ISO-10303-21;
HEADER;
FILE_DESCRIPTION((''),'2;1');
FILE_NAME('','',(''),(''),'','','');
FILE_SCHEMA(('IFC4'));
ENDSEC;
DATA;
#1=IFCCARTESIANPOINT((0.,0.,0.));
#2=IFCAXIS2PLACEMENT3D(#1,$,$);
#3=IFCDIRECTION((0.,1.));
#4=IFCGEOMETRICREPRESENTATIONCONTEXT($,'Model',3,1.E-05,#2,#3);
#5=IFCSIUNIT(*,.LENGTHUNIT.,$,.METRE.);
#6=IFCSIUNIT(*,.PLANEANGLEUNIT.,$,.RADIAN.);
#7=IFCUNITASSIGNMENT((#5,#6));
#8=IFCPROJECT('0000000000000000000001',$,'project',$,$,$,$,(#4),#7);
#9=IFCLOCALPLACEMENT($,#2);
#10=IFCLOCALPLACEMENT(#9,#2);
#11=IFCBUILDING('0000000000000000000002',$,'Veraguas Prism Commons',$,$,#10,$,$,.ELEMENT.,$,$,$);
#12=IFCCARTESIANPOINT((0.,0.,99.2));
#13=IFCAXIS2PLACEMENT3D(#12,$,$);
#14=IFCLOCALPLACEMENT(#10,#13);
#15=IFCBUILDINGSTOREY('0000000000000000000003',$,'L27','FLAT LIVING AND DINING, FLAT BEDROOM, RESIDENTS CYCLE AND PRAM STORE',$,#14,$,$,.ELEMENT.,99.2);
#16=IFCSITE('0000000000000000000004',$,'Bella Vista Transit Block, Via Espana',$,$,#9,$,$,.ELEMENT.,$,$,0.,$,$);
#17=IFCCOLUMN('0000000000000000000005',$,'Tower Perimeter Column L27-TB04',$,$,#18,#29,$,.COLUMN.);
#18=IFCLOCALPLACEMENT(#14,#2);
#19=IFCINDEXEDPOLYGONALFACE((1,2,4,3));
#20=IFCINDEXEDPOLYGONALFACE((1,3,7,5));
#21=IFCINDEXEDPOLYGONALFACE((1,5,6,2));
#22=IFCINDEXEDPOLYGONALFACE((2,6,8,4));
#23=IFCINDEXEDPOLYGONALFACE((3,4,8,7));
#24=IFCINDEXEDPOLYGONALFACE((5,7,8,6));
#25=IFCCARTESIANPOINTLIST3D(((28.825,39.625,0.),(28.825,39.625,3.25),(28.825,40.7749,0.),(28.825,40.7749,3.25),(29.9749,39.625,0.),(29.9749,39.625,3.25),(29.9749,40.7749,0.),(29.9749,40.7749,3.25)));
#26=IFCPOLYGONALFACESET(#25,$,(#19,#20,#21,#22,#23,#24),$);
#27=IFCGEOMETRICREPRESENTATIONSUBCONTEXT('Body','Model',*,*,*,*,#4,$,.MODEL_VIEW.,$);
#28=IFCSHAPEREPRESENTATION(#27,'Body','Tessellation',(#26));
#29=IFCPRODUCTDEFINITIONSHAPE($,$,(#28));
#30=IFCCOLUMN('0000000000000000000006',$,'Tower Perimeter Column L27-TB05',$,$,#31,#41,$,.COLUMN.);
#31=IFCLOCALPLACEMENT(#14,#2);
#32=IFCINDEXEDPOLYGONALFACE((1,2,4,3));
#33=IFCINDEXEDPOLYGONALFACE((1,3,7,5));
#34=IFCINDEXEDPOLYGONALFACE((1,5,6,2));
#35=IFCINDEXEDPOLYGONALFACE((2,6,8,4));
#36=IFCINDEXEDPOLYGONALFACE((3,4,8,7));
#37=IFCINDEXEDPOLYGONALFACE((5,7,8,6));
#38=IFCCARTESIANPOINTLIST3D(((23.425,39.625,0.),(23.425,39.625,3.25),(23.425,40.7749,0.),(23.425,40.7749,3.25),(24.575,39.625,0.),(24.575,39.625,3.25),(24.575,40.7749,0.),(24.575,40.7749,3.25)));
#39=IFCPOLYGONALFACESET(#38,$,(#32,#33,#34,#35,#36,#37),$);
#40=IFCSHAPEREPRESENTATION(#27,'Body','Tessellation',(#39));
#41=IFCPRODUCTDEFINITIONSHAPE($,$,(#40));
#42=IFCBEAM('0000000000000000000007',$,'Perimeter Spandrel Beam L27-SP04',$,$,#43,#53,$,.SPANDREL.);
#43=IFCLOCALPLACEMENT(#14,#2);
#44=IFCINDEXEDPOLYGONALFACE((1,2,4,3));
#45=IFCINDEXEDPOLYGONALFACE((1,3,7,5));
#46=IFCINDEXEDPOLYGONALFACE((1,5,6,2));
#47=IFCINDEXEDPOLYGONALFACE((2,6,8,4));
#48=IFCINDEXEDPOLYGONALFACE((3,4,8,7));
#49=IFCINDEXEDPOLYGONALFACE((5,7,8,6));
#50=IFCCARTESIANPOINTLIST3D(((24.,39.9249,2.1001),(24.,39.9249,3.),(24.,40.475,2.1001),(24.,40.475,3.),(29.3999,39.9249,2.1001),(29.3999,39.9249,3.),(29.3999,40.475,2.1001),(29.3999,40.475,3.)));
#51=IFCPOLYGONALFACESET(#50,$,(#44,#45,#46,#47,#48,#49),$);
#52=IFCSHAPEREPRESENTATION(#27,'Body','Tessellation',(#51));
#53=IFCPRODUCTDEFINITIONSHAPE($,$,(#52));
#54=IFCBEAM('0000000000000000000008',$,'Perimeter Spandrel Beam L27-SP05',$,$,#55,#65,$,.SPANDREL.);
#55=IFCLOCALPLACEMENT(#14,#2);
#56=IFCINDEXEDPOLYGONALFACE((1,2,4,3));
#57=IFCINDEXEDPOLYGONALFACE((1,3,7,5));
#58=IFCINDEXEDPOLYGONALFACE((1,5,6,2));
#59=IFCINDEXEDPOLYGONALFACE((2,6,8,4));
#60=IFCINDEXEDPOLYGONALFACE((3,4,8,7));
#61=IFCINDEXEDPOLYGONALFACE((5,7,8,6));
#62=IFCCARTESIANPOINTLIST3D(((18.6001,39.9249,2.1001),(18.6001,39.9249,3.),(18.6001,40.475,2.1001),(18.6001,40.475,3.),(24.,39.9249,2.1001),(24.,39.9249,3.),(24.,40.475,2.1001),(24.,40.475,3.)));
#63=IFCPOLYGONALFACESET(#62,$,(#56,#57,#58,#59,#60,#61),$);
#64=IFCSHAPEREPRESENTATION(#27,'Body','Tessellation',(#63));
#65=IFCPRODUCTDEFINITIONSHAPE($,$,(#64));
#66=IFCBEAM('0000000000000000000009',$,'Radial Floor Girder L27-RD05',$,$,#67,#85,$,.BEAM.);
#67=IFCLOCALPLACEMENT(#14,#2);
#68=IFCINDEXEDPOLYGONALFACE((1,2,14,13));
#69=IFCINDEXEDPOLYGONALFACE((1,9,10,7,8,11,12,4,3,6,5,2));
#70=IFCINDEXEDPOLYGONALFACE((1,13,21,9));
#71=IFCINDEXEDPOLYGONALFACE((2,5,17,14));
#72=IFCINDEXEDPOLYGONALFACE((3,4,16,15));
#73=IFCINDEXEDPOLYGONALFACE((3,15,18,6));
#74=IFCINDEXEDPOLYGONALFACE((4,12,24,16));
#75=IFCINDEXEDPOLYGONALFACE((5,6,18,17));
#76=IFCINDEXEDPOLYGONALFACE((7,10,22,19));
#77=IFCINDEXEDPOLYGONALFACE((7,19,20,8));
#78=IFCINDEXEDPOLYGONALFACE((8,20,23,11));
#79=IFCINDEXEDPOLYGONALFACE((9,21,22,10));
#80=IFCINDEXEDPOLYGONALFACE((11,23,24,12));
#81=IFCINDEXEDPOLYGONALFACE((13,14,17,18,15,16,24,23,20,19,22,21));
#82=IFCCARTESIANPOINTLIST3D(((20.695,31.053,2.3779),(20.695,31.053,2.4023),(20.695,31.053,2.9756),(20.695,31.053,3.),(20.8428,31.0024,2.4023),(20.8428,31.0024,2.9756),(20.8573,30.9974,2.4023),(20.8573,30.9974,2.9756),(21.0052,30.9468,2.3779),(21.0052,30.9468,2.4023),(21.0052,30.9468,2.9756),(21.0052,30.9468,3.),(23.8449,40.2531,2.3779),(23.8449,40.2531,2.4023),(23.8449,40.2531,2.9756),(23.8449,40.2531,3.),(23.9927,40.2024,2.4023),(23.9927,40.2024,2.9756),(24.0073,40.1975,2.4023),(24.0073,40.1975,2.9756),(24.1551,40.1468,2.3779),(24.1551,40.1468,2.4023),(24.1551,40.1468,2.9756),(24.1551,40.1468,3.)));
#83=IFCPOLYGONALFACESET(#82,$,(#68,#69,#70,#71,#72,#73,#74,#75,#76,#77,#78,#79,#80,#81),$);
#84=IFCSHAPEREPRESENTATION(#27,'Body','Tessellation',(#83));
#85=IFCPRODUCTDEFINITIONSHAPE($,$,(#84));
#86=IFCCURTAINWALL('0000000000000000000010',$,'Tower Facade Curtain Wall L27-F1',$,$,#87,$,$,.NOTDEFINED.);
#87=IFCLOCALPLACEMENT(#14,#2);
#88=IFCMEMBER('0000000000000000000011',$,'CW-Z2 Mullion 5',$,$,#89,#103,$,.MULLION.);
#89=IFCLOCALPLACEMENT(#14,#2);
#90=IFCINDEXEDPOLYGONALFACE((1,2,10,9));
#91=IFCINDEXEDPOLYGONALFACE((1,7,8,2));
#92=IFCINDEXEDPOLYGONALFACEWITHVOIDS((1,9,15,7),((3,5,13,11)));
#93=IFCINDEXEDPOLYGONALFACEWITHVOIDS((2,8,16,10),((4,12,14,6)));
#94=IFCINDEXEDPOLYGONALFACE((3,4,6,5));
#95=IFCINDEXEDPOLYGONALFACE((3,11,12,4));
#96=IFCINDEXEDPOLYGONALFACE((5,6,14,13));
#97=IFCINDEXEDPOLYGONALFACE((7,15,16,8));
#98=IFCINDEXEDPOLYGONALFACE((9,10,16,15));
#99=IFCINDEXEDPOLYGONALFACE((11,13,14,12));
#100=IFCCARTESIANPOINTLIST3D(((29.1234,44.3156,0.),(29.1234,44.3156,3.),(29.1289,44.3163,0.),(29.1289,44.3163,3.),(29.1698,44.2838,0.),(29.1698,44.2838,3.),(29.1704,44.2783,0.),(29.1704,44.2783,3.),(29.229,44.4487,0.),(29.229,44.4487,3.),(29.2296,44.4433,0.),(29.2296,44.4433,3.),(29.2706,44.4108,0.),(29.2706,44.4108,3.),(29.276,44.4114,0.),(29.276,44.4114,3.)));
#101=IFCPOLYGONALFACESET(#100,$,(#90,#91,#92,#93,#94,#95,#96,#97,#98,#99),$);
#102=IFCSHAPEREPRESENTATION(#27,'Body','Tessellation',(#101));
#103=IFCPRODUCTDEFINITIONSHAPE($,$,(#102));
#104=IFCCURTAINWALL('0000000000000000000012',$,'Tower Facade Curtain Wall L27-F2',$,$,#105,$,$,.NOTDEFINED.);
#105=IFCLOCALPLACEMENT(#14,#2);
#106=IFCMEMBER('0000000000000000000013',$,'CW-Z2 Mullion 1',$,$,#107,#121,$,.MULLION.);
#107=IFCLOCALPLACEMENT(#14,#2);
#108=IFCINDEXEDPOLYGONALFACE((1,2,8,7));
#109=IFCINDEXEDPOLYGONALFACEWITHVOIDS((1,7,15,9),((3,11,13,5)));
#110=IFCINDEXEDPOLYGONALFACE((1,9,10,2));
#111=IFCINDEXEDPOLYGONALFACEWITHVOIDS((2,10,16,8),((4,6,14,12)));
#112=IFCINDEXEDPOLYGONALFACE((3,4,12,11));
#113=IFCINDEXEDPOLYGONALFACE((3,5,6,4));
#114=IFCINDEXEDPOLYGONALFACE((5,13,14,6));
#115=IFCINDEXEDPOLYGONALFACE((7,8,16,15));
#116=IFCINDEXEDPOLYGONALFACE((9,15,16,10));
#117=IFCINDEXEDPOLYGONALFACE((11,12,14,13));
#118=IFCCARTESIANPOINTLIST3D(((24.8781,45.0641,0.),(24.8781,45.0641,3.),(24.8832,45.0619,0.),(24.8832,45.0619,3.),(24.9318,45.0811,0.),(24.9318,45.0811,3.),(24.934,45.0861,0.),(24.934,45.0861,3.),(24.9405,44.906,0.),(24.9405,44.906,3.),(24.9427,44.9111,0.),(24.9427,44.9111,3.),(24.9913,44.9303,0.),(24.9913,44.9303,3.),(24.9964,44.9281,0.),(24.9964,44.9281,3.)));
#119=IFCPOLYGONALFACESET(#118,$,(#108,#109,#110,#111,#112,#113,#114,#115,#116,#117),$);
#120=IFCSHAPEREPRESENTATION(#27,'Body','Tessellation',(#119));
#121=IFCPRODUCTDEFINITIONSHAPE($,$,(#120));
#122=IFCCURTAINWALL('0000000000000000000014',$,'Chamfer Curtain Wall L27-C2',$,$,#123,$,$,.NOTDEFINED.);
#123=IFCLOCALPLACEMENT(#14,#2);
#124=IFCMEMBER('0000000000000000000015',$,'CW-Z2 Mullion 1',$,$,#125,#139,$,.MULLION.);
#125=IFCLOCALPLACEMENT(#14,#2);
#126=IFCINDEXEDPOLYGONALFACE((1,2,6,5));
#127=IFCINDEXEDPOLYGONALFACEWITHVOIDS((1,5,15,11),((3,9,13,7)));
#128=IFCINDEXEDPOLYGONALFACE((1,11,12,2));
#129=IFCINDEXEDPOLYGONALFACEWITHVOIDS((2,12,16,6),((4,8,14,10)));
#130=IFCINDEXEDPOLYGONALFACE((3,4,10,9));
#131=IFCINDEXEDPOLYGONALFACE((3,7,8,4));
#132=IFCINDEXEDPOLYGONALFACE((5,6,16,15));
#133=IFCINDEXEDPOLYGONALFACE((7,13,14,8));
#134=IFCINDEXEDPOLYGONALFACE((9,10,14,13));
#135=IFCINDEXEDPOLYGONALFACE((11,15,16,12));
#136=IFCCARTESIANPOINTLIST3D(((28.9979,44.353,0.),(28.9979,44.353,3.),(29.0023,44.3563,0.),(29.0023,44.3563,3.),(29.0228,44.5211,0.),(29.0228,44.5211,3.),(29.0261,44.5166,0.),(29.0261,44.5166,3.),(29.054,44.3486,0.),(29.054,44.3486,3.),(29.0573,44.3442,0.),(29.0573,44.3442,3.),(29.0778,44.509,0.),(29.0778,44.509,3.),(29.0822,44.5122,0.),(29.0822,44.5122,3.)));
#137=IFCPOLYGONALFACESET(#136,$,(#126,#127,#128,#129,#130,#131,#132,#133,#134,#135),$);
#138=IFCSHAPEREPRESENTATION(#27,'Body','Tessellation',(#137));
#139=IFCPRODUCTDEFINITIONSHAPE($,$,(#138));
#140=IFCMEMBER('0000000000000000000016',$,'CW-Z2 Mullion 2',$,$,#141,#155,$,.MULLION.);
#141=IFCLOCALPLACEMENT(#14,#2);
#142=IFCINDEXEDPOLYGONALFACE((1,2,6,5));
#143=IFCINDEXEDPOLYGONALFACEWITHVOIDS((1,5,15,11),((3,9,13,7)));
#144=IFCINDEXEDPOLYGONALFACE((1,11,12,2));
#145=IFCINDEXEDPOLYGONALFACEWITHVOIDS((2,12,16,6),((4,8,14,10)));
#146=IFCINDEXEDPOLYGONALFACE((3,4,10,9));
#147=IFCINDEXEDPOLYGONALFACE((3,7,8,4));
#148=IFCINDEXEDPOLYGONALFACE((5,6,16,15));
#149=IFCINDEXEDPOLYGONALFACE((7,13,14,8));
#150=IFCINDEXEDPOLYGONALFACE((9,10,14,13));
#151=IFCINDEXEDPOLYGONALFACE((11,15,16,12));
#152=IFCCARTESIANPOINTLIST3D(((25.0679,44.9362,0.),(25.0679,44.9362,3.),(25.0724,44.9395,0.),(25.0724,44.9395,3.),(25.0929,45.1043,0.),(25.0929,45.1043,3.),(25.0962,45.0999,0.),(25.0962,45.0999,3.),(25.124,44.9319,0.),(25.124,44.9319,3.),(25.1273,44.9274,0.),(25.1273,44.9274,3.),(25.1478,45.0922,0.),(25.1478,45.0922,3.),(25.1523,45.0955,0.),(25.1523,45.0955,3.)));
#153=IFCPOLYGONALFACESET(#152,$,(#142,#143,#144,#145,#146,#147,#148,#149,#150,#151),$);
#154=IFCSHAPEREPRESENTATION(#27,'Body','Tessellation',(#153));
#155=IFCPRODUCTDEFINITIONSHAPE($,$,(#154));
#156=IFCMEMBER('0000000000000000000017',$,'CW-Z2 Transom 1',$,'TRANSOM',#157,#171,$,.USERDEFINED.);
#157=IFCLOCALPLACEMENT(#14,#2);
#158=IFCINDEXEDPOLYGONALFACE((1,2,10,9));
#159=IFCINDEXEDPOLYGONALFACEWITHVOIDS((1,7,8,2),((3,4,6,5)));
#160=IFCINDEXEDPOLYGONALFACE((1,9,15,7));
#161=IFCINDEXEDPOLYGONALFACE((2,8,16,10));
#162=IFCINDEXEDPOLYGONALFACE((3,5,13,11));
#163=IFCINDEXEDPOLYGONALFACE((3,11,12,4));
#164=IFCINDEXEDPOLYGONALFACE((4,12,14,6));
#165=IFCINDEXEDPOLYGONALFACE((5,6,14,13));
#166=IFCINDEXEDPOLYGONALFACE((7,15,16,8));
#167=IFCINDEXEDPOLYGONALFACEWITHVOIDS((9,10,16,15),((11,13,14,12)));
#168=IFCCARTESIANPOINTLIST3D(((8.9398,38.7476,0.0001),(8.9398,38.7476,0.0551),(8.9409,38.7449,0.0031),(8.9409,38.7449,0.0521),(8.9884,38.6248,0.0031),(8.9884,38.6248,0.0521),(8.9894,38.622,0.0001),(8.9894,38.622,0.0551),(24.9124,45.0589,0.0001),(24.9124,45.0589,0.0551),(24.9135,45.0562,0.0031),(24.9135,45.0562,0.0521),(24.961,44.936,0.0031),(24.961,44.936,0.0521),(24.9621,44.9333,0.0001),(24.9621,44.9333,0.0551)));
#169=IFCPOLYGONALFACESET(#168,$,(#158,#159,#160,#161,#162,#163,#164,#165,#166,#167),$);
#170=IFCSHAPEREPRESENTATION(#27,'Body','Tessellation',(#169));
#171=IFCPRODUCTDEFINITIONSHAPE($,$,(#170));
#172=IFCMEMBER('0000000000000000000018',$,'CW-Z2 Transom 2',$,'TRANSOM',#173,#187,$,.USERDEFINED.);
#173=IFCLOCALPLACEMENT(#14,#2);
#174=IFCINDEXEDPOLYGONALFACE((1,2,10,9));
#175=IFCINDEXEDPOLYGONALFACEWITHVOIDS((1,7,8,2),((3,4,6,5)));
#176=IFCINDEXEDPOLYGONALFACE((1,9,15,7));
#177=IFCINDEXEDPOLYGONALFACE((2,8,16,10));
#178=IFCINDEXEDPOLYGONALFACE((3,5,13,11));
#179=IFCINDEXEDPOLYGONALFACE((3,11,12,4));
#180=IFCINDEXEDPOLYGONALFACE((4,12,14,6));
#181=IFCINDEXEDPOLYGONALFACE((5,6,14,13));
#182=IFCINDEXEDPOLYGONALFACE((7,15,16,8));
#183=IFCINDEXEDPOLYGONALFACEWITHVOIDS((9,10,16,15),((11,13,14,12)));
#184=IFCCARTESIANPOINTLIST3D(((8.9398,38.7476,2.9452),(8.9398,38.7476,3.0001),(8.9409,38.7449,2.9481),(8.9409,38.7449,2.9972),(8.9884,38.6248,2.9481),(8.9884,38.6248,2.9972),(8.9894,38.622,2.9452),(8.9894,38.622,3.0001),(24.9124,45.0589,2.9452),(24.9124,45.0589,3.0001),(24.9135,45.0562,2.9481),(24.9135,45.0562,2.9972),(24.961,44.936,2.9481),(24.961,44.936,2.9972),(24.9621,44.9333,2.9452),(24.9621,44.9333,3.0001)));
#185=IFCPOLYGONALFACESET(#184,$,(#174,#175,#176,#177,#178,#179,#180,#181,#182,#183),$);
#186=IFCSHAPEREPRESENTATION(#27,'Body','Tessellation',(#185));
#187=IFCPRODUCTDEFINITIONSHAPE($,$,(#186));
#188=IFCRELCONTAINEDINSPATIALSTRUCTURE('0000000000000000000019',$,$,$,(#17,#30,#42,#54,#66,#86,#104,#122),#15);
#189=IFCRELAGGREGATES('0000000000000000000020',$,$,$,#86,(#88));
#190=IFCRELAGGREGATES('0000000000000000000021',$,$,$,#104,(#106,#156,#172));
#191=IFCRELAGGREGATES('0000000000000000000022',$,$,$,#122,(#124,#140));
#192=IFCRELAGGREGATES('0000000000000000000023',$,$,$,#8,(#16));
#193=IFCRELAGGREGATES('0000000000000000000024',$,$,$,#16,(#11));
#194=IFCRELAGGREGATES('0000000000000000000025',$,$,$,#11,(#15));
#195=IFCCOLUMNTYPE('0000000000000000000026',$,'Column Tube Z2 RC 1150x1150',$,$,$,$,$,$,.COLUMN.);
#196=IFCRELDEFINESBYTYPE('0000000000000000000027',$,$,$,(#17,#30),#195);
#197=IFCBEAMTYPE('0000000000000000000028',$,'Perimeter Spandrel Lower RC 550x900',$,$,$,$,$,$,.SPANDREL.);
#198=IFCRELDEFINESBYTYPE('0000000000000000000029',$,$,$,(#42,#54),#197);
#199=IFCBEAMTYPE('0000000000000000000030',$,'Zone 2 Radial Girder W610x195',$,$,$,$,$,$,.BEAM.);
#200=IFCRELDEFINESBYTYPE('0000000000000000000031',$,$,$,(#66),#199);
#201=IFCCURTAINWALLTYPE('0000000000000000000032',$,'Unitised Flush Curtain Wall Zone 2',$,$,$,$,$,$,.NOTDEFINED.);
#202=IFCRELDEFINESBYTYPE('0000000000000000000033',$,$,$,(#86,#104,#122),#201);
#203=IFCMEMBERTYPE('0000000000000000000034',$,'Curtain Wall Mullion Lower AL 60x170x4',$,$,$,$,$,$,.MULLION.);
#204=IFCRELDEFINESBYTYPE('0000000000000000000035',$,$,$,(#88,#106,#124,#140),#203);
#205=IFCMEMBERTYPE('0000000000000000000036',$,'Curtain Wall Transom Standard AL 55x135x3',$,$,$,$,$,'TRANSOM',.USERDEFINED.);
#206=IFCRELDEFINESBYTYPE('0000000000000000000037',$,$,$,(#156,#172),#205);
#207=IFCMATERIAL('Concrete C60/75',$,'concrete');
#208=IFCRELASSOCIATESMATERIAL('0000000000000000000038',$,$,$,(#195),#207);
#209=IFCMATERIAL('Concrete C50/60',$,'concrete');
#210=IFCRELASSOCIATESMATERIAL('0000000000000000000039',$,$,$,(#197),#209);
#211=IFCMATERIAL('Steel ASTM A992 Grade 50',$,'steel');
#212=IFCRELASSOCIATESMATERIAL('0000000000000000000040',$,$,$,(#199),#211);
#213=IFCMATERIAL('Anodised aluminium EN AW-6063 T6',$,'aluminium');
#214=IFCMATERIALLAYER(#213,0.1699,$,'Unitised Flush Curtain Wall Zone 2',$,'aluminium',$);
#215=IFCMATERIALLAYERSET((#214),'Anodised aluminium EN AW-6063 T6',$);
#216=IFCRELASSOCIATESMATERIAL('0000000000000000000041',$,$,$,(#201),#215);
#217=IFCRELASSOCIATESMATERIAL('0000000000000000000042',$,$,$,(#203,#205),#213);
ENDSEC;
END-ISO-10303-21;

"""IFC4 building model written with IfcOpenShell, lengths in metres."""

from ifc_helpers import new_model, si_unit, direction, frame, origin, origin_2d, place, context, subcontext, project, spatial, rectangle, hollow_rectangle, i_section, extrude, source, transform, mapped, material, layer, layer_set, material_profile, profile_set, type_object, element, aggregate, save


model = new_model("IFC4")

# Units and contexts
model_context = context("Model", 3, precision=1e-05, world=origin(), true_north=direction((0.0, 1.0)))
body_context = subcontext(model_context, "Body", "Model", "MODEL_VIEW")
ifc_project = project(units=[si_unit("LENGTHUNIT", "METRE"), si_unit("PLANEANGLEUNIT", "RADIAN")], contexts=[model_context])

# Site, building, storey
site_placement = place(None, origin())
site = spatial("IfcSite", under=ifc_project, at=site_placement, Name="Bella Vista Transit Block, Via Espana", CompositionType="ELEMENT", RefElevation=0.0)
building_placement = place(site_placement, origin())
building = spatial("IfcBuilding", under=site, at=building_placement, Name="Veraguas Prism Commons", CompositionType="ELEMENT")
storey_placement = place(building_placement, frame((0.0, 0.0, 99.2)))
storey = spatial("IfcBuildingStorey", under=building, at=storey_placement, Name="L27", Description="FLAT LIVING AND DINING, FLAT BEDROOM, RESIDENTS CYCLE AND PRAM STORE", CompositionType="ELEMENT", Elevation=99.2)

# Columns
ifc_material_1 = material(Name="Concrete C60/75", Category="concrete")
ifc_material_profile_1 = material_profile(ifc_material_1, rectangle(XDim=1.1499, YDim=1.1499, at=origin_2d()), Name="RC1150X1150")
ifc_profile_set_1 = profile_set([ifc_material_profile_1], Name="Concrete C60/75")
column_type = type_object("IfcColumnType", Name="Column Tube Z2 RC 1150x1150", PredefinedType="COLUMN", material=ifc_profile_set_1)
for number, where, z_axis, x_axis, name in (
    (1, (29.3999, 40.2, 0.0), (0.0, 0.0, 1.0), (1.0, 0.0, 0.0), "Tower Perimeter Column L27-TB04"),
    (2, (24.0, 40.2, 0.0), (0.0, 0.0, 1.0), (1.0, 0.0, 0.0), "Tower Perimeter Column L27-TB05"),
):
    element("IfcColumn", number, at=place(storey_placement, frame(where, z_axis=z_axis, x_axis=x_axis)), inside=storey, type_object=column_type, Name=name, PredefinedType="COLUMN", context=body_context, shape_type="SweptSolid", body=[
        extrude(rectangle(XDim=1.1499, YDim=1.1499, at=origin_2d()), origin(), (0.0, 0.0, 1.0), 3.25),
    ])

# Beams
ifc_material_2 = material(Name="Concrete C50/60", Category="concrete")
ifc_material_profile_2 = material_profile(ifc_material_2, rectangle(XDim=0.55, YDim=0.8999, at=origin_2d()), Name="RC550X900")
ifc_profile_set_2 = profile_set([ifc_material_profile_2], Name="Concrete C50/60")
beam_type_1 = type_object("IfcBeamType", Name="Perimeter Spandrel Lower RC 550x900", PredefinedType="SPANDREL", material=ifc_profile_set_2)
for number, where, z_axis, x_axis, name in (
    (3, (29.3999, 40.2, 2.55), (-1.0, 0.0, 0.0), (0.0, -1.0, 0.0), "Perimeter Spandrel Beam L27-SP04"),
    (4, (24.0, 40.2, 2.55), (-1.0, 0.0, 0.0), (0.0, -1.0, 0.0), "Perimeter Spandrel Beam L27-SP05"),
):
    element("IfcBeam", number, at=place(storey_placement, frame(where, z_axis=z_axis, x_axis=x_axis)), inside=storey, type_object=beam_type_1, Name=name, PredefinedType="SPANDREL", context=body_context, shape_type="SweptSolid", body=[
        extrude(rectangle(XDim=0.55, YDim=0.8999, at=origin_2d()), origin(), (0.0, 0.0, 1.0), 5.3999),
    ])
ifc_material_3 = material(Name="Steel ASTM A992 Grade 50", Category="steel")
ifc_material_profile_3 = material_profile(ifc_material_3, i_section(OverallWidth=0.3279, OverallDepth=0.6221, WebThickness=0.0154, FlangeThickness=0.0244, at=origin_2d()), Name="W610X195")
ifc_profile_set_3 = profile_set([ifc_material_profile_3], Name="Steel ASTM A992 Grade 50")
beam_type_2 = type_object("IfcBeamType", Name="Zone 2 Radial Girder W610x195", PredefinedType="BEAM", material=ifc_profile_set_3)
beam_placement = place(storey_placement, frame((24.0, 40.2, 2.689), z_axis=(-0.323922, -0.946084, 0.0), x_axis=(0.946084, -0.323922, 0.0)))
element("IfcBeam", 5, at=beam_placement, inside=storey, type_object=beam_type_2, Name="Radial Floor Girder L27-RD05", PredefinedType="BEAM", context=body_context, shape_type="SweptSolid", body=[
    extrude(i_section(OverallWidth=0.3279, OverallDepth=0.6221, WebThickness=0.0154, FlangeThickness=0.0244, at=origin_2d()), origin(), (0.0, 0.0, 1.0), 9.7244),
])

# Curtain walls, members
ifc_material_4 = material(Name="Anodised aluminium EN AW-6063 T6", Category="aluminium")
ifc_layer_1 = layer(ifc_material_4, 0.1699, Name="Unitised Flush Curtain Wall Zone 2", Category="aluminium")
ifc_layer_set_1 = layer_set([ifc_layer_1], Name="Anodised aluminium EN AW-6063 T6")
curtain_wall_type = type_object("IfcCurtainWallType", Name="Unitised Flush Curtain Wall Zone 2", PredefinedType="NOTDEFINED", material=ifc_layer_set_1)
curtain_wall_1_placement = place(storey_placement, origin())
curtain_wall_1 = element("IfcCurtainWall", 6, at=curtain_wall_1_placement, inside=storey, type_object=curtain_wall_type, Name="Tower Facade Curtain Wall L27-F1", PredefinedType="NOTDEFINED")
ifc_material_profile_4 = material_profile(ifc_material_4, hollow_rectangle(XDim=0.0601, YDim=0.1699, WallThickness=0.0039, at=origin_2d()), Name="AL60X170X4")
ifc_profile_set_4 = profile_set([ifc_material_profile_4], Name="Anodised aluminium EN AW-6063 T6")
member_type_1 = type_object("IfcMemberType", Name="Curtain Wall Mullion Lower AL 60x170x4", PredefinedType="MULLION", material=ifc_profile_set_4)
shared_shape_1 = source(origin(), body_context, "Body", "SweptSolid", [
    extrude(hollow_rectangle(XDim=0.0601, YDim=0.1699, WallThickness=0.0039, at=origin_2d()), origin(), (0.0, 0.0, 1.0), 3.0),
])
member_1_placement = place(storey_placement, frame((29.1997, 44.3635, 0.0), z_axis=(0.0, 0.0, 1.0), x_axis=(-0.783261, 0.621693, 0.0)))
member_1 = element("IfcMember", 7, at=member_1_placement, type_object=member_type_1, Name="CW-Z2 Mullion 5", PredefinedType="MULLION", context=body_context, shape_type="MappedRepresentation", body=[
    mapped(shared_shape_1, transform((0.0, 0.0, 0.0), scale=1.0)),
])
aggregate(curtain_wall_1, [member_1])
curtain_wall_2_placement = place(storey_placement, origin())
curtain_wall_2 = element("IfcCurtainWall", 8, at=curtain_wall_2_placement, inside=storey, type_object=curtain_wall_type, Name="Tower Facade Curtain Wall L27-F2", PredefinedType="NOTDEFINED")
member_2_placement = place(storey_placement, frame((24.9373, 44.9961, 0.0), z_axis=(0.0, 0.0, 1.0), x_axis=(-0.930032, -0.367479, 0.0)))
member_2 = element("IfcMember", 9, at=member_2_placement, type_object=member_type_1, Name="CW-Z2 Mullion 1", PredefinedType="MULLION", context=body_context, shape_type="MappedRepresentation", body=[
    mapped(shared_shape_1, transform((0.0, 0.0, 0.0), scale=1.0)),
])

# Curtain wall, members
curtain_wall_3_placement = place(storey_placement, origin())
curtain_wall_3 = element("IfcCurtainWall", 10, at=curtain_wall_3_placement, inside=storey, type_object=curtain_wall_type, Name="Chamfer Curtain Wall L27-C2", PredefinedType="NOTDEFINED")
member_3_placement = place(storey_placement, frame((29.04, 44.4326, 0.0), z_axis=(0.0, 0.0, 1.0), x_axis=(-0.989168, 0.146789, 0.0)))
member_3 = element("IfcMember", 11, at=member_3_placement, type_object=member_type_1, Name="CW-Z2 Mullion 1", PredefinedType="MULLION", context=body_context, shape_type="MappedRepresentation", body=[
    mapped(shared_shape_1, transform((0.0, 0.0, 0.0), scale=1.0)),
])
member_4_placement = place(storey_placement, frame((25.1101, 45.0159, 0.0), z_axis=(0.0, 0.0, 1.0), x_axis=(-0.989168, 0.146789, 0.0)))
member_4 = element("IfcMember", 12, at=member_4_placement, type_object=member_type_1, Name="CW-Z2 Mullion 2", PredefinedType="MULLION", context=body_context, shape_type="MappedRepresentation", body=[
    mapped(shared_shape_1, transform((0.0, 0.0, 0.0), scale=1.0)),
])

# Members
ifc_material_profile_5 = material_profile(ifc_material_4, hollow_rectangle(XDim=0.0549, YDim=0.135, WallThickness=0.0029, at=origin_2d()), Name="AL55X135X3")
ifc_profile_set_5 = profile_set([ifc_material_profile_5], Name="Anodised aluminium EN AW-6063 T6")
member_type_2 = type_object("IfcMemberType", Name="Curtain Wall Transom Standard AL 55x135x3", ElementType="TRANSOM", PredefinedType="USERDEFINED", material=ifc_profile_set_5)
shared_shape_2 = source(origin(), body_context, "Body", "SweptSolid", [
    extrude(hollow_rectangle(XDim=0.0549, YDim=0.135, WallThickness=0.0029, at=origin_2d()), origin(), (0.0, 0.0, 1.0), 17.1743),
])
member_5_placement = place(storey_placement, frame((24.9373, 44.9961, 0.0276), z_axis=(-0.93003, -0.367483, 0.0), x_axis=(0.0, 0.0, 1.0)))
member_5 = element("IfcMember", 13, at=member_5_placement, type_object=member_type_2, Name="CW-Z2 Transom 1", ObjectType="TRANSOM", PredefinedType="USERDEFINED", context=body_context, shape_type="MappedRepresentation", body=[
    mapped(shared_shape_2, transform((0.0, 0.0, 0.0), scale=1.0)),
])
member_6_placement = place(storey_placement, frame((24.9373, 44.9961, 2.9727), z_axis=(-0.93003, -0.367483, 0.0), x_axis=(0.0, 0.0, 1.0)))
member_6 = element("IfcMember", 14, at=member_6_placement, type_object=member_type_2, Name="CW-Z2 Transom 2", ObjectType="TRANSOM", PredefinedType="USERDEFINED", context=body_context, shape_type="MappedRepresentation", body=[
    mapped(shared_shape_2, transform((0.0, 0.0, 0.0), scale=1.0)),
])
aggregate(curtain_wall_2, [member_2, member_5, member_6])

aggregate(curtain_wall_3, [member_3, member_4])

save(model, "model.ifc")
